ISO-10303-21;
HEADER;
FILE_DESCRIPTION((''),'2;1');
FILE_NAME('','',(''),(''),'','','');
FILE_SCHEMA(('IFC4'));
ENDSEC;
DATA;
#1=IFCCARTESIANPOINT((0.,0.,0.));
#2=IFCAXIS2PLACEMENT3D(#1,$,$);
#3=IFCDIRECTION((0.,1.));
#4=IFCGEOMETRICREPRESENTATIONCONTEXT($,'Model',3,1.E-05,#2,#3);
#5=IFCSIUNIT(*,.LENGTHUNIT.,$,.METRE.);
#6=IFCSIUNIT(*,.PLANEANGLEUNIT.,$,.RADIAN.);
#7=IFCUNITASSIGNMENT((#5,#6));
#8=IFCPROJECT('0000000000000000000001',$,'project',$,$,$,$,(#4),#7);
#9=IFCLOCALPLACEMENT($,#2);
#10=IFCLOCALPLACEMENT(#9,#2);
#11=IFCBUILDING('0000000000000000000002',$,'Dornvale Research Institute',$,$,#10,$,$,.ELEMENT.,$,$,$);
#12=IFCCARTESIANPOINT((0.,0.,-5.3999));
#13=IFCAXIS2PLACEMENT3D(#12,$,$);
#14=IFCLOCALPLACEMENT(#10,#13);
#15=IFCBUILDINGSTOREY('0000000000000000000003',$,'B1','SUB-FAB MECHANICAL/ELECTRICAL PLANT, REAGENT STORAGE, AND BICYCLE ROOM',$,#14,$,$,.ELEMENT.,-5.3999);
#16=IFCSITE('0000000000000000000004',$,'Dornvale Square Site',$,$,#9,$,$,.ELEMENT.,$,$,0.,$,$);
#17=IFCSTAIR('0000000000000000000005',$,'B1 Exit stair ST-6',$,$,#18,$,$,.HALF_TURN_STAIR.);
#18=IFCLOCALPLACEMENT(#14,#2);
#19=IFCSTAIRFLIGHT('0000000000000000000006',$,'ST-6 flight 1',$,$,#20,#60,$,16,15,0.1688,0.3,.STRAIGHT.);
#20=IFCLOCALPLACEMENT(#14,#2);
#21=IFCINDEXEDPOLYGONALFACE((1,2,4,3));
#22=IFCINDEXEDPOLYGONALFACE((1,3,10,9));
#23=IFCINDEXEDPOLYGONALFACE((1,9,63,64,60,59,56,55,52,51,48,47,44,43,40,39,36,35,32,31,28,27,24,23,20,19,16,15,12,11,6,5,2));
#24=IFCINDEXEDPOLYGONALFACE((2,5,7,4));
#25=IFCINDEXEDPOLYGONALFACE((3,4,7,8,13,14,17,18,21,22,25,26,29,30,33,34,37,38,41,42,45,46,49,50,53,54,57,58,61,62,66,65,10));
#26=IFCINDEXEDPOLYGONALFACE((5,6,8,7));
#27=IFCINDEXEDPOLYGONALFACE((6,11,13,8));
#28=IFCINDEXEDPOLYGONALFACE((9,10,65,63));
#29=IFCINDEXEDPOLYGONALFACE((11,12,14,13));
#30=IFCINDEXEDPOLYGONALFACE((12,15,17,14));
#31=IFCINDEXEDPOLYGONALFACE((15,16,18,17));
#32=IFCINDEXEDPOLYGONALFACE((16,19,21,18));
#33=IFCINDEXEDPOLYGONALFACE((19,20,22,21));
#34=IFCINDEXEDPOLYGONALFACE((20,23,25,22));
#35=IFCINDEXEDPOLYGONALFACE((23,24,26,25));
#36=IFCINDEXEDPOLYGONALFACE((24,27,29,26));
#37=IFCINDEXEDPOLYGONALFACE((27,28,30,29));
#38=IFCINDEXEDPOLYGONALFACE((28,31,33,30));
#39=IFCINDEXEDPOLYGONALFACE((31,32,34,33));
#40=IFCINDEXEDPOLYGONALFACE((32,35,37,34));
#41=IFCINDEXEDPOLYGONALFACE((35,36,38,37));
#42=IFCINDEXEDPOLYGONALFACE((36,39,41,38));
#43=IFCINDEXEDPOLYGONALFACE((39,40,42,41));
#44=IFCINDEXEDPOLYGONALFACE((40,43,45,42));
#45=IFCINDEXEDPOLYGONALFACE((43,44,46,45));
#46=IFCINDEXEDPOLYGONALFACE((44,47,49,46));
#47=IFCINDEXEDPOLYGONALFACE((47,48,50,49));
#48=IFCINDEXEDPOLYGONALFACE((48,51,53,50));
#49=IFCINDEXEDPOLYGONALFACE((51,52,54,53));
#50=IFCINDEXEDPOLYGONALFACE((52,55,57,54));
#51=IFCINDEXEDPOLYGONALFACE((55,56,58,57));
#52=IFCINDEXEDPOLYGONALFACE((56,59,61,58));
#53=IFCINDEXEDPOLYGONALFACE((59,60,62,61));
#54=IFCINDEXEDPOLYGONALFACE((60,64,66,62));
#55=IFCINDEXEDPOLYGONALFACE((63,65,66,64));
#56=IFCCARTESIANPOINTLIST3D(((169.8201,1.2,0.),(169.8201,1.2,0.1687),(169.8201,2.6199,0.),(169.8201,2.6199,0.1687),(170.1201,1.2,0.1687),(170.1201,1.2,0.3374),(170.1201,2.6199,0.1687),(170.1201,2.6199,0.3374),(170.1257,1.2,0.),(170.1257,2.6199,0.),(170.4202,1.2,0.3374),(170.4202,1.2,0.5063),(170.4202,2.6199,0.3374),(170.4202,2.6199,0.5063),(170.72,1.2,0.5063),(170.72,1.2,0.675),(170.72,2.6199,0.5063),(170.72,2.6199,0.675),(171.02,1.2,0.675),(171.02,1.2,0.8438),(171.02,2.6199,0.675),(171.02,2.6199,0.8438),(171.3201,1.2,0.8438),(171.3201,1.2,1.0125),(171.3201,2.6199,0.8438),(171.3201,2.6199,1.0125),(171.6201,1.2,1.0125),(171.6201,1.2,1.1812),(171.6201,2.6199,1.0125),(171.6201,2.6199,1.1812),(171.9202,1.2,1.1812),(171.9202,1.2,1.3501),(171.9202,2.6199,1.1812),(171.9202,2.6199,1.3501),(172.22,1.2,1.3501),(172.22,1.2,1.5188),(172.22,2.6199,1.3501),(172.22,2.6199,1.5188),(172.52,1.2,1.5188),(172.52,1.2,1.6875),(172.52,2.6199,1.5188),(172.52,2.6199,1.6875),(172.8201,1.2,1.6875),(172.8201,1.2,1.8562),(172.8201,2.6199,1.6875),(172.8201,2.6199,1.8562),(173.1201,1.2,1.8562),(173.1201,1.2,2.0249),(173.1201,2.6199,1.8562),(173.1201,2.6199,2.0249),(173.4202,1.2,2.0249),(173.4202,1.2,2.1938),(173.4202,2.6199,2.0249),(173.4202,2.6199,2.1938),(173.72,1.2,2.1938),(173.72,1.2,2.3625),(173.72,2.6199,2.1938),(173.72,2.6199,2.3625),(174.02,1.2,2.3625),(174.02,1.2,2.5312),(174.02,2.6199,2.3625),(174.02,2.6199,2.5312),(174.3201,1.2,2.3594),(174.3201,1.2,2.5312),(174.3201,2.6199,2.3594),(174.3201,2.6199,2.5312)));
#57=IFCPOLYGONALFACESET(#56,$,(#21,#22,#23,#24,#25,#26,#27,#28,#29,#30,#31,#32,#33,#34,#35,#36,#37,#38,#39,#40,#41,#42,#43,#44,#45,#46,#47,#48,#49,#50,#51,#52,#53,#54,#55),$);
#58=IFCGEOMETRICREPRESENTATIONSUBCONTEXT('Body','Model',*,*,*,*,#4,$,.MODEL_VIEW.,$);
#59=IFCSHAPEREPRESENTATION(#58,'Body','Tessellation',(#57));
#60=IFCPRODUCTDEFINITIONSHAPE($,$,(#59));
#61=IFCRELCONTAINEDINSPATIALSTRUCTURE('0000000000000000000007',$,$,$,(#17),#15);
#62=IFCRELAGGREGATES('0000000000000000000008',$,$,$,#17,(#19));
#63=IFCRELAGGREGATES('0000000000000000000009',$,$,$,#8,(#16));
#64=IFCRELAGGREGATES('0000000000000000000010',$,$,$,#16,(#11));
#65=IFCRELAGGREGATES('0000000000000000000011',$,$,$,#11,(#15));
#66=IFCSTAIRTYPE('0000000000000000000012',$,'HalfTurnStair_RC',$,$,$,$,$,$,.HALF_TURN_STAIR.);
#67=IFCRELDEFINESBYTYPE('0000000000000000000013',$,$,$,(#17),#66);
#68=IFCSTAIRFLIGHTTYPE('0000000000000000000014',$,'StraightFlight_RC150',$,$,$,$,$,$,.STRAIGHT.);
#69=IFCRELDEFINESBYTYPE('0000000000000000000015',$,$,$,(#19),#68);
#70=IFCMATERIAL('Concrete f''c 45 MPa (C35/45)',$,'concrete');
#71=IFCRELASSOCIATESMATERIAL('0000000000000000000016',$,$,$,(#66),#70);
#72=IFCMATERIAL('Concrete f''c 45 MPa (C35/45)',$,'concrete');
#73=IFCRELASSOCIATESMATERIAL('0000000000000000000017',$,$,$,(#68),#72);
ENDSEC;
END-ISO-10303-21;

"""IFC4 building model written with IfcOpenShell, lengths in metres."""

from ifc_helpers import new_model, si_unit, direction, frame, origin, place, context, subcontext, project, spatial, polyline, outline, extrude, material, type_object, element, aggregate, save


model = new_model("IFC4")

# Units and contexts
model_context = context("Model", 3, precision=1e-05, world=origin(), true_north=direction((0.0, 1.0)))
body_context = subcontext(model_context, "Body", "Model", "MODEL_VIEW")
ifc_project = project(units=[si_unit("LENGTHUNIT", "METRE"), si_unit("PLANEANGLEUNIT", "RADIAN")], contexts=[model_context])

# Site, building, storey
site_placement = place(None, origin())
site = spatial("IfcSite", under=ifc_project, at=site_placement, Name="Dornvale Square Site", CompositionType="ELEMENT", RefElevation=0.0)
building_placement = place(site_placement, origin())
building = spatial("IfcBuilding", under=site, at=building_placement, Name="Dornvale Research Institute", CompositionType="ELEMENT")
storey_placement = place(building_placement, frame((0.0, 0.0, -5.3999)))
storey = spatial("IfcBuildingStorey", under=building, at=storey_placement, Name="B1", Description="SUB-FAB MECHANICAL/ELECTRICAL PLANT, REAGENT STORAGE, AND BICYCLE ROOM", CompositionType="ELEMENT", Elevation=-5.3999)

# Stair, stair flight
ifc_material_1 = material(Name="Concrete f'c 45 MPa (C35/45)", Category="concrete")
stair_type = type_object("IfcStairType", Name="HalfTurnStair_RC", PredefinedType="HALF_TURN_STAIR", material=ifc_material_1)
stair_placement = place(storey_placement, origin())
stair = element("IfcStair", 1, at=stair_placement, inside=storey, type_object=stair_type, Name="B1 Exit stair ST-6", PredefinedType="HALF_TURN_STAIR")
ifc_material_2 = material(Name="Concrete f'c 45 MPa (C35/45)", Category="concrete")
stair_flight_type = type_object("IfcStairFlightType", Name="StraightFlight_RC150", PredefinedType="STRAIGHT", material=ifc_material_2)
stair_flight_placement = place(storey_placement, frame((169.8201, 1.9099, 0.0), z_axis=(0.0, 0.0, 1.0), x_axis=(1.0, 0.0, 0.0)))
stair_flight = element("IfcStairFlight", 2, at=stair_flight_placement, type_object=stair_flight_type, Name="ST-6 flight 1", NumberOfRisers=16, NumberOfTreads=15, PredefinedType="STRAIGHT", RiserHeight=0.1688, TreadLength=0.3, context=body_context, shape_type="SweptSolid", body=[
    extrude(outline(polyline([(0.0, 0.0), (0.0, 0.1687), (0.3, 0.1687), (0.3, 0.3374), (0.6001, 0.3374), (0.6001, 0.5063), (0.8999, 0.5063), (0.8999, 0.675), (1.2, 0.675), (1.2, 0.8438), (1.5, 0.8438), (1.5, 1.0125), (1.8, 1.0125), (1.8, 1.1812), (2.1001, 1.1812), (2.1001, 1.3501), (2.3999, 1.3501), (2.3999, 1.5188), (2.7, 1.5188), (2.7, 1.6875), (3.0, 1.6875), (3.0, 1.8562), (3.3, 1.8562), (3.3, 2.0249), (3.6001, 2.0249), (3.6001, 2.1938), (3.8999, 2.1938), (3.8999, 2.3625), (4.2, 2.3625), (4.2, 2.5312), (4.5, 2.5312), (4.5, 2.7), (4.5, 2.3594), (0.3057, 0.0), (0.0, 0.0)])), frame((0.0, 0.71, 0.0), z_axis=(0.0, -1.0, 0.0), x_axis=(1.0, 0.0, 0.0)), (0.0, 0.0, 1.0), 1.4199),
])
aggregate(stair, [stair_flight])

save(model, "model.ifc")
